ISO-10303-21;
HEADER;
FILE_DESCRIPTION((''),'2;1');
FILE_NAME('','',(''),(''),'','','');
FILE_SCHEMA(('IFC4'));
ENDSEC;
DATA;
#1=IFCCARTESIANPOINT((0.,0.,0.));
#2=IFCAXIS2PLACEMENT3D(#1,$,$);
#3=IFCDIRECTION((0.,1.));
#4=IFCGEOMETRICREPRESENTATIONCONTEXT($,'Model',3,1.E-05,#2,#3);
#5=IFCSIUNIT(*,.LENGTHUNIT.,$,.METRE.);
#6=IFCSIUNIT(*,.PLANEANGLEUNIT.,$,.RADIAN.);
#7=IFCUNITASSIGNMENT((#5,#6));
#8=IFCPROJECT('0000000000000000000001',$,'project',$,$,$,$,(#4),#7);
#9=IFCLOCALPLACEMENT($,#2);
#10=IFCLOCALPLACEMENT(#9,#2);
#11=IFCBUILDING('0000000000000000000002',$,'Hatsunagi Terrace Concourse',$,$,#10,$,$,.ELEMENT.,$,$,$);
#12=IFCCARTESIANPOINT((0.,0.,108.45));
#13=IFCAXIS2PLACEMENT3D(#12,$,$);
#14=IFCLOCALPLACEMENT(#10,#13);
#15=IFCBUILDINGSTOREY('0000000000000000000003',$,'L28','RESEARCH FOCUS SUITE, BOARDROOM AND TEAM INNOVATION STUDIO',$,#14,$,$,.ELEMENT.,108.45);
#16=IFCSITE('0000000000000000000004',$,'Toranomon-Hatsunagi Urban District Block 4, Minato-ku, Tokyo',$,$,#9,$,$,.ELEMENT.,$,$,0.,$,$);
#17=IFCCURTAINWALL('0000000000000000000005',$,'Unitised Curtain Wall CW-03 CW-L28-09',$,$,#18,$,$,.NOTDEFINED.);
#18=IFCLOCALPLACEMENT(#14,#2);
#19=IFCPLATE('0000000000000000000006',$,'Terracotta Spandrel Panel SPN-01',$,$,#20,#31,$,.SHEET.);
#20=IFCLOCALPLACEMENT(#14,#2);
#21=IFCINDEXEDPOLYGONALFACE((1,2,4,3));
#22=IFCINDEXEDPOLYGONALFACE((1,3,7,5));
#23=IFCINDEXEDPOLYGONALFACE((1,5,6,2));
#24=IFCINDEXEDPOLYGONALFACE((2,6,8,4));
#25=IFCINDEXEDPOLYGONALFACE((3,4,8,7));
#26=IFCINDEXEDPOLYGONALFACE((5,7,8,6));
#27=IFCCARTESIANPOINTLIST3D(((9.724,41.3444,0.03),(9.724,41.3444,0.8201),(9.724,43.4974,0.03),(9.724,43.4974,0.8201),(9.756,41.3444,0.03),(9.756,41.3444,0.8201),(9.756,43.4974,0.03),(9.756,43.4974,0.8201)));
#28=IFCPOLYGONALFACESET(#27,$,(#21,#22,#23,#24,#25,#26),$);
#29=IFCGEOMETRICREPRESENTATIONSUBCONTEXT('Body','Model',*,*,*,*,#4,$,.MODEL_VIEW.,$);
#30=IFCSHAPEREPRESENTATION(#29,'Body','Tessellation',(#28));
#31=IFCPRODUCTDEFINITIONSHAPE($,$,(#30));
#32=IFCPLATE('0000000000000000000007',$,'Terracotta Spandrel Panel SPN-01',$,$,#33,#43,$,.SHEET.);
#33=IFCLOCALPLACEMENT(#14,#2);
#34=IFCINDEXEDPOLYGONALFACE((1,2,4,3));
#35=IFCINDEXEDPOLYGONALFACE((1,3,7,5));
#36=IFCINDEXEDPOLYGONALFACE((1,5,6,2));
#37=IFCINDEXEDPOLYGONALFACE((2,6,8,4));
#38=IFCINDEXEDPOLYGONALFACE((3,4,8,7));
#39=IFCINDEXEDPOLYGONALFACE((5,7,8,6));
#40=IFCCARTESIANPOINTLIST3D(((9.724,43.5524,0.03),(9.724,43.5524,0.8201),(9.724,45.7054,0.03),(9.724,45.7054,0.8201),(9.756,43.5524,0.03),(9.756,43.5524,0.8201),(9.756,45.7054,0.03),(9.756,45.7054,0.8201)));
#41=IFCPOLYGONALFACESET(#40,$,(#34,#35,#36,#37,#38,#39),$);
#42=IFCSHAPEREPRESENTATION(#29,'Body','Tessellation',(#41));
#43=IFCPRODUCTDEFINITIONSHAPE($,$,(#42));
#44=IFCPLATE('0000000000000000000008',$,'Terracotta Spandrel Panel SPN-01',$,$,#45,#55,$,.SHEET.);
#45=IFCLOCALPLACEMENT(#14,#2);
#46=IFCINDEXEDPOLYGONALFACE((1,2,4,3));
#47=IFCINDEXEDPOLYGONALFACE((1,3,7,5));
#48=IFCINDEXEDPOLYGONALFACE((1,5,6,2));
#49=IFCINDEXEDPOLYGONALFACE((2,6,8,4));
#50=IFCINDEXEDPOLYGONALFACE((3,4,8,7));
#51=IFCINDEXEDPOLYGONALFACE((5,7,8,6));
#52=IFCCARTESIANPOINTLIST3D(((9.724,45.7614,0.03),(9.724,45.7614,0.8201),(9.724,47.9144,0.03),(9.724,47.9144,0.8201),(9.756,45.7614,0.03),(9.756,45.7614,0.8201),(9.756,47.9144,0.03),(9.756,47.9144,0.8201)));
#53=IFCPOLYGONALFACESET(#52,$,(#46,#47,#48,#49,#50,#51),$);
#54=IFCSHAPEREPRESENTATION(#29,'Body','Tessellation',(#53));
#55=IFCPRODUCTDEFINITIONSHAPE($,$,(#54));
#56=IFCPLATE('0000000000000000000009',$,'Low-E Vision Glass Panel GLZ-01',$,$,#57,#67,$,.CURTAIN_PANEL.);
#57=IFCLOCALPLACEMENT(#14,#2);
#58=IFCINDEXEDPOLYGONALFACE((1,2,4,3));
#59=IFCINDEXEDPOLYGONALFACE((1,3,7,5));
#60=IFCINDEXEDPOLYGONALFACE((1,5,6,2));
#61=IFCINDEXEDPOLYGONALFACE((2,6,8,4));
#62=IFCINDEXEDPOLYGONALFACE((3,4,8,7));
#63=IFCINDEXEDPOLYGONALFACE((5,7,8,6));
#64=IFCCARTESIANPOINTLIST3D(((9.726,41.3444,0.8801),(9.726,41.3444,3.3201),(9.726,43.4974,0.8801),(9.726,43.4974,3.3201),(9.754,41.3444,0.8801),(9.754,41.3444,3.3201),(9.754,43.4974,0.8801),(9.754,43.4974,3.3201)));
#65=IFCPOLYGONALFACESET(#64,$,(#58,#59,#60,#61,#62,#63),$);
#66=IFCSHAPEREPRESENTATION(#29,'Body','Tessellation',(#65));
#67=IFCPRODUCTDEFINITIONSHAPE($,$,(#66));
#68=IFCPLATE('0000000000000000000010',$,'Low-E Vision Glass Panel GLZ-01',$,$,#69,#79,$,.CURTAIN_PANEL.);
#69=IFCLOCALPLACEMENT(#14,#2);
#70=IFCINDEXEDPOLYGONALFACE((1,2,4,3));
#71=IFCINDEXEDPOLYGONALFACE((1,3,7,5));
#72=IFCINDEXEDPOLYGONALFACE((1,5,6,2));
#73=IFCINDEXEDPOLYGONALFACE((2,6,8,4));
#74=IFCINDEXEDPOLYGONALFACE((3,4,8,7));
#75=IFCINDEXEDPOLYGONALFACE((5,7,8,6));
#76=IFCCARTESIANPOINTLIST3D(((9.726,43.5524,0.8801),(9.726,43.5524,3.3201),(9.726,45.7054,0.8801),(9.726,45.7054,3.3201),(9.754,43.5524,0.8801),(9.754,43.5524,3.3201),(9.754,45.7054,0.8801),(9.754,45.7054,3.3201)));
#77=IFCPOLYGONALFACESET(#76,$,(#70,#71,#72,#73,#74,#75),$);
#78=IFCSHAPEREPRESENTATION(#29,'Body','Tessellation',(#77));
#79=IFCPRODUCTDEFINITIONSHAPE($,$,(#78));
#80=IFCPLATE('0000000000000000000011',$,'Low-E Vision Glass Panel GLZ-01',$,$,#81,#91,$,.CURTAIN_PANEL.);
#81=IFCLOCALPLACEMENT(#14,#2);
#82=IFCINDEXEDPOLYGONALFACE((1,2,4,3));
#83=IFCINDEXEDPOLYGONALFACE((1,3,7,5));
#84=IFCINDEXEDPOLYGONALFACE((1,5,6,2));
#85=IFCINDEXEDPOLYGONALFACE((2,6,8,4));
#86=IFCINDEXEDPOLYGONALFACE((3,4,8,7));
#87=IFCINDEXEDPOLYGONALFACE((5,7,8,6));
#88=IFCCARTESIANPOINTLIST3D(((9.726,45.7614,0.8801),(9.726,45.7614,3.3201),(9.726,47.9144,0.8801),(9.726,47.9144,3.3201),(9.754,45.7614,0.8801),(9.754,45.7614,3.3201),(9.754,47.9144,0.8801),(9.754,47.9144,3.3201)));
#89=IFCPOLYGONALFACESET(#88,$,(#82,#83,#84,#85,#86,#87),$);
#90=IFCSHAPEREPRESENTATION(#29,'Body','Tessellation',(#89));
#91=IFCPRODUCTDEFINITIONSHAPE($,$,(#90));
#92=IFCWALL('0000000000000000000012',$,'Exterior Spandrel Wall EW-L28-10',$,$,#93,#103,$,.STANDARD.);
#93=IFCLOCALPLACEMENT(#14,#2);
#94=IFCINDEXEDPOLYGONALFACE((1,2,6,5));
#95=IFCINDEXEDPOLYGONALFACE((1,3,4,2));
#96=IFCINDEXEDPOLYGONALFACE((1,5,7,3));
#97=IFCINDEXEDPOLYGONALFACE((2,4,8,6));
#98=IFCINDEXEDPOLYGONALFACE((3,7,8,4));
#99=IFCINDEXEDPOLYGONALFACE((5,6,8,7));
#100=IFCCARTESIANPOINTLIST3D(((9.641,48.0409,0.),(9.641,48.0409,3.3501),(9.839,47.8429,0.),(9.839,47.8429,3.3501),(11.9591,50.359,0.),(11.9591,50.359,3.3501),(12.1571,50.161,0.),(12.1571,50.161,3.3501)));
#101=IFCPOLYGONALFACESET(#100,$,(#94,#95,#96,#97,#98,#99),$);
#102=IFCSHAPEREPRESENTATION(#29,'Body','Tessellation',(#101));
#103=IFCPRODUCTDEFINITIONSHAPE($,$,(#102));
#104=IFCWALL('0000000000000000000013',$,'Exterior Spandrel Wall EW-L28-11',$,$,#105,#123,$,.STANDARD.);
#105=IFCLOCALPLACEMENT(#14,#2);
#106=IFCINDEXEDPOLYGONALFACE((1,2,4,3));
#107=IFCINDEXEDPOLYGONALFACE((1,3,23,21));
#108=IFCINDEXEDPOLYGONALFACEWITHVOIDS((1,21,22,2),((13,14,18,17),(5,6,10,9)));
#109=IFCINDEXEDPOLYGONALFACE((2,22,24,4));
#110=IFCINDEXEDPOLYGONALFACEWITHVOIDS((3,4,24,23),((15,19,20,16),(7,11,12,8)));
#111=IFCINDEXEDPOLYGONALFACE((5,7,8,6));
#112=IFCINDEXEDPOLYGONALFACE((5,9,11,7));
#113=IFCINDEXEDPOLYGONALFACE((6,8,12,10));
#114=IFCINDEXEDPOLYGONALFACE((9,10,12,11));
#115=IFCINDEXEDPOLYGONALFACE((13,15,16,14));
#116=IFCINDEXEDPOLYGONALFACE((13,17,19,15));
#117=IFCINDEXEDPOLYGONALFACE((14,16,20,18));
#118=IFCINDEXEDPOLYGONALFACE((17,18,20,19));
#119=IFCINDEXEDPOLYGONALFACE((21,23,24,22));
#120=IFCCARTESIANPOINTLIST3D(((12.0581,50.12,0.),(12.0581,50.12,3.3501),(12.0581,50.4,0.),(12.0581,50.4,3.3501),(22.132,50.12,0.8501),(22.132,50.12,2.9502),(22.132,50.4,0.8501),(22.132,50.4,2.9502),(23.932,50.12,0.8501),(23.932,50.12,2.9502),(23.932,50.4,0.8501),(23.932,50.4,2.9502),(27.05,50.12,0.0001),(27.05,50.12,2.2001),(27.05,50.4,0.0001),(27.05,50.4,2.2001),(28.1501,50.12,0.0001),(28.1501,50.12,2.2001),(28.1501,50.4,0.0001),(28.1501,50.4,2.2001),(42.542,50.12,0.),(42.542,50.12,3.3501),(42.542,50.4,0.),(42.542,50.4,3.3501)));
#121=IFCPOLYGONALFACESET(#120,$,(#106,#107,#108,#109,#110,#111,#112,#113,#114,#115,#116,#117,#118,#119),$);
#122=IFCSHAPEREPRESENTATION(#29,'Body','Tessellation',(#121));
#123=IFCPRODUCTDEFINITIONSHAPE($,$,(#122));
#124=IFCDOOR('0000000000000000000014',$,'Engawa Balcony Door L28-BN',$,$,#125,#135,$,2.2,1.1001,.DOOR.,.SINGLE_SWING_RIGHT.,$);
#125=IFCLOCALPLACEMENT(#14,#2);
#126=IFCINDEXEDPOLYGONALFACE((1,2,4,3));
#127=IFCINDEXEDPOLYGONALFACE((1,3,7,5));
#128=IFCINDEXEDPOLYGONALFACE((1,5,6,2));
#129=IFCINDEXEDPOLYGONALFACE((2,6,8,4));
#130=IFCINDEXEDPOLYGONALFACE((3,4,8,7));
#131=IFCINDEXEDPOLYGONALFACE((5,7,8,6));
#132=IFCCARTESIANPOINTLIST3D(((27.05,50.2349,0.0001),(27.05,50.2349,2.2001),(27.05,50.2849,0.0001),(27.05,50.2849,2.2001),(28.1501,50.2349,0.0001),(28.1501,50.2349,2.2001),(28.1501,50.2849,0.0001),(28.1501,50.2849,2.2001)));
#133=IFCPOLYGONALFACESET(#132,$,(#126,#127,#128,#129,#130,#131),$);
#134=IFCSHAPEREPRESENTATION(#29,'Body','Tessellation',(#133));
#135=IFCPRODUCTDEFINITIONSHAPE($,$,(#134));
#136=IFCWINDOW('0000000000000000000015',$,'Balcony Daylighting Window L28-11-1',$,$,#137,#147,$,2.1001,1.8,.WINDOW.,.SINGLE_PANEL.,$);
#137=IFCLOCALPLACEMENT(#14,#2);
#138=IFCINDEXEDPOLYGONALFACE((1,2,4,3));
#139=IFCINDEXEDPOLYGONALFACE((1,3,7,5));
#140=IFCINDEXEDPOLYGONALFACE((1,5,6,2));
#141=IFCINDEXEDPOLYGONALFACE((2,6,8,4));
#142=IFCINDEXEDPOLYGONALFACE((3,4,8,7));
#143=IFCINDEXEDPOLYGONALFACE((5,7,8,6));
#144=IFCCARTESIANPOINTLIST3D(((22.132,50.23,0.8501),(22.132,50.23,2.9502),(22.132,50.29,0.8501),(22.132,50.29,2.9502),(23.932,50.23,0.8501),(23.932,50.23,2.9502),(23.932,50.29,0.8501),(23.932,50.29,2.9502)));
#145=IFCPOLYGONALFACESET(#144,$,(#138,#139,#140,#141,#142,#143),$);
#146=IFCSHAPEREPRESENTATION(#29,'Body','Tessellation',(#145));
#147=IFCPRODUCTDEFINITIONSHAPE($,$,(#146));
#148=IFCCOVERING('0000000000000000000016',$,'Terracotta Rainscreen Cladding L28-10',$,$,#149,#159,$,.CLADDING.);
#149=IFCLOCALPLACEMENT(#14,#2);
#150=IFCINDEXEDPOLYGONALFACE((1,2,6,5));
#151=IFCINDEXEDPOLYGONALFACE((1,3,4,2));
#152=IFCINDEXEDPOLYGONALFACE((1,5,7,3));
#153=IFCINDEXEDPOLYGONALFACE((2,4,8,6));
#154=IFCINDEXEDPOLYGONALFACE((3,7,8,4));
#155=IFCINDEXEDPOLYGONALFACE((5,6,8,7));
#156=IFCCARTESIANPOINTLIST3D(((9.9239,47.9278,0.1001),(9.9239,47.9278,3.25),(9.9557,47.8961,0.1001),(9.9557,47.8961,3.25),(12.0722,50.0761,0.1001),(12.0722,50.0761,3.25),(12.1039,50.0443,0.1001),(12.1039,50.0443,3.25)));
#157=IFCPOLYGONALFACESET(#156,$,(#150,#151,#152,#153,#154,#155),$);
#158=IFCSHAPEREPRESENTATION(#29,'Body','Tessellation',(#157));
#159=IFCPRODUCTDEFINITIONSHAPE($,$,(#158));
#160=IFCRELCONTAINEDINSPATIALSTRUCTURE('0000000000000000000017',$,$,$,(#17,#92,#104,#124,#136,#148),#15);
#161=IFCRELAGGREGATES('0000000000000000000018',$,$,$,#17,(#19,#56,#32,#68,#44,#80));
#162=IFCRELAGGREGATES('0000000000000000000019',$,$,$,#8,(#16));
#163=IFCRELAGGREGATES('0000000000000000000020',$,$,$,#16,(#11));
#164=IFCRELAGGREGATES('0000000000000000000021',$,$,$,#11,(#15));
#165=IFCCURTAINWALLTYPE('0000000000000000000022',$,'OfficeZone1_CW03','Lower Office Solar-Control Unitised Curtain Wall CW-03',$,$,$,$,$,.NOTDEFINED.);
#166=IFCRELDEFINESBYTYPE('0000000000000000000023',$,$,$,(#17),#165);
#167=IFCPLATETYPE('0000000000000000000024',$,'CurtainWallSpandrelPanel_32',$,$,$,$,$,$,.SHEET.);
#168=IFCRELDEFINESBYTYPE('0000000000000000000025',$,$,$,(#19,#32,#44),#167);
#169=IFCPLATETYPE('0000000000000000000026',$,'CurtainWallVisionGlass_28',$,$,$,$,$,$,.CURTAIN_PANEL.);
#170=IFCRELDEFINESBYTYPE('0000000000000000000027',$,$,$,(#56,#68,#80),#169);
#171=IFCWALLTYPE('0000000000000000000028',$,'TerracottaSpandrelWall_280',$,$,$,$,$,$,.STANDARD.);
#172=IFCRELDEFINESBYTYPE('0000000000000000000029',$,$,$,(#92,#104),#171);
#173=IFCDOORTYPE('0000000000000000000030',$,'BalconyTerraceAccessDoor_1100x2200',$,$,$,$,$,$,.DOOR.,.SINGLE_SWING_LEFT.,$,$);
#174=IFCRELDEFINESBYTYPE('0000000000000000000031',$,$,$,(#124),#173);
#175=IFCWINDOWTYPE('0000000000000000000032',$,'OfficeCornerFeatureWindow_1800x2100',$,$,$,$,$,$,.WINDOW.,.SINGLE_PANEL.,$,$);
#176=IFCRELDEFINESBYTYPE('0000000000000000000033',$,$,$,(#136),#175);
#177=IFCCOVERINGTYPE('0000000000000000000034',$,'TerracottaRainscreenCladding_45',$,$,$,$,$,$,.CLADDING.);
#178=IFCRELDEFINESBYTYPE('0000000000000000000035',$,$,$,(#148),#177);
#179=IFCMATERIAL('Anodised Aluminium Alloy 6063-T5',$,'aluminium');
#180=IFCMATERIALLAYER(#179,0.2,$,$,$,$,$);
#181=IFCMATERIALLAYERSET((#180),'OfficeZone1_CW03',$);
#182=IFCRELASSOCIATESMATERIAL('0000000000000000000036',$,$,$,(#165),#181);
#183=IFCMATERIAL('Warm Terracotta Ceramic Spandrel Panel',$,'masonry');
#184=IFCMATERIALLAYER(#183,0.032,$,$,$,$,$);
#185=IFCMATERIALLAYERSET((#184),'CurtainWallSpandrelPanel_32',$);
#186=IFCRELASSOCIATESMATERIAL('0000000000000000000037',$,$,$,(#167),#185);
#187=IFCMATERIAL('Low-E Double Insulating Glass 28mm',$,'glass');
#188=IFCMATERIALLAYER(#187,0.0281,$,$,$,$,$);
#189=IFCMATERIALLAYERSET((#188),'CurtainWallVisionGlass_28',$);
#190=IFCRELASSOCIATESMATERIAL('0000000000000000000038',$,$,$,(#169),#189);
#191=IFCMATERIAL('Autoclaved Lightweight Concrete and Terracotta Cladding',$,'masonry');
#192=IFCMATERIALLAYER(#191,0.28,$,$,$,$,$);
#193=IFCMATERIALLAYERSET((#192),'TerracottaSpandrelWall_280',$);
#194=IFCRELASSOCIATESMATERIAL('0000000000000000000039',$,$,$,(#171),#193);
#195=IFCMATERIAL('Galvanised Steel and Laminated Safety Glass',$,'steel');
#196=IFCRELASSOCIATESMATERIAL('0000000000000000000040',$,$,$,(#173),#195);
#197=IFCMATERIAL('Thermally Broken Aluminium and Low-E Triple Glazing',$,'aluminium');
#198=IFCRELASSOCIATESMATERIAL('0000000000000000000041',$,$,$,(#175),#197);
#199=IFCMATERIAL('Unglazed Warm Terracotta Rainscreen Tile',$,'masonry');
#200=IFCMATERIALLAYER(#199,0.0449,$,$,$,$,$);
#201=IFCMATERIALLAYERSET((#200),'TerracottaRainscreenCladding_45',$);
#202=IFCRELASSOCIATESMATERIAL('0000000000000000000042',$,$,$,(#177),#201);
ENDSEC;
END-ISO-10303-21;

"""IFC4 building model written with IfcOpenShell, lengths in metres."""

from ifc_helpers import new_model, si_unit, direction, frame, frame_2d, origin, origin_2d, place, context, subcontext, project, spatial, rectangle, extrude, material, layer, layer_set, type_object, element, fill, aggregate, save


model = new_model("IFC4")

# Units and contexts
model_context = context("Model", 3, precision=1e-05, world=origin(), true_north=direction((0.0, 1.0)))
body_context = subcontext(model_context, "Body", "Model", "MODEL_VIEW")
ifc_project = project(units=[si_unit("LENGTHUNIT", "METRE"), si_unit("PLANEANGLEUNIT", "RADIAN")], contexts=[model_context])

# Site, building, storey
site_placement = place(None, origin())
site = spatial("IfcSite", under=ifc_project, at=site_placement, Name="Toranomon-Hatsunagi Urban District Block 4, Minato-ku, Tokyo", CompositionType="ELEMENT", RefElevation=0.0)
building_placement = place(site_placement, origin())
building = spatial("IfcBuilding", under=site, at=building_placement, Name="Hatsunagi Terrace Concourse", CompositionType="ELEMENT")
storey_placement = place(building_placement, frame((0.0, 0.0, 108.45)))
storey = spatial("IfcBuildingStorey", under=building, at=storey_placement, Name="L28", Description="RESEARCH FOCUS SUITE, BOARDROOM AND TEAM INNOVATION STUDIO", CompositionType="ELEMENT", Elevation=108.45)

# Curtain wall
ifc_material_1 = material(Name="Anodised Aluminium Alloy 6063-T5", Category="aluminium")
ifc_layer_1 = layer(ifc_material_1, 0.2)
ifc_layer_set_1 = layer_set([ifc_layer_1], Name="OfficeZone1_CW03")
curtain_wall_type = type_object("IfcCurtainWallType", Name="OfficeZone1_CW03", Description="Lower Office Solar-Control Unitised Curtain Wall CW-03", PredefinedType="NOTDEFINED", material=ifc_layer_set_1)
curtain_wall_placement = place(storey_placement, origin())
curtain_wall = element("IfcCurtainWall", 1, at=curtain_wall_placement, inside=storey, type_object=curtain_wall_type, Name="Unitised Curtain Wall CW-03 CW-L28-09", PredefinedType="NOTDEFINED")

# Plates
ifc_material_2 = material(Name="Warm Terracotta Ceramic Spandrel Panel", Category="masonry")
ifc_layer_2 = layer(ifc_material_2, 0.032)
ifc_layer_set_2 = layer_set([ifc_layer_2], Name="CurtainWallSpandrelPanel_32")
plate_type_1 = type_object("IfcPlateType", Name="CurtainWallSpandrelPanel_32", PredefinedType="SHEET", material=ifc_layer_set_2)
plate_1_placement = place(storey_placement, frame((9.74, 42.4209, 0.03), z_axis=(0.0, 0.0, 1.0), x_axis=(0.0, 1.0, 0.0)))
plate_1 = element("IfcPlate", 2, at=plate_1_placement, type_object=plate_type_1, Name="Terracotta Spandrel Panel SPN-01", PredefinedType="SHEET", context=body_context, shape_type="SweptSolid", body=[
    extrude(rectangle(XDim=2.1531, YDim=0.032, at=origin_2d()), origin(), (0.0, 0.0, 1.0), 0.79),
])
plate_2_placement = place(storey_placement, frame((9.74, 44.6289, 0.03), z_axis=(0.0, 0.0, 1.0), x_axis=(0.0, 1.0, 0.0)))
plate_2 = element("IfcPlate", 3, at=plate_2_placement, type_object=plate_type_1, Name="Terracotta Spandrel Panel SPN-01", PredefinedType="SHEET", context=body_context, shape_type="SweptSolid", body=[
    extrude(rectangle(XDim=2.1531, YDim=0.032, at=origin_2d()), origin(), (0.0, 0.0, 1.0), 0.79),
])
plate_3_placement = place(storey_placement, frame((9.74, 46.8379, 0.03), z_axis=(0.0, 0.0, 1.0), x_axis=(0.0, 1.0, 0.0)))
plate_3 = element("IfcPlate", 4, at=plate_3_placement, type_object=plate_type_1, Name="Terracotta Spandrel Panel SPN-01", PredefinedType="SHEET", context=body_context, shape_type="SweptSolid", body=[
    extrude(rectangle(XDim=2.1531, YDim=0.032, at=origin_2d()), origin(), (0.0, 0.0, 1.0), 0.79),
])
ifc_material_3 = material(Name="Low-E Double Insulating Glass 28mm", Category="glass")
ifc_layer_3 = layer(ifc_material_3, 0.0281)
ifc_layer_set_3 = layer_set([ifc_layer_3], Name="CurtainWallVisionGlass_28")
plate_type_2 = type_object("IfcPlateType", Name="CurtainWallVisionGlass_28", PredefinedType="CURTAIN_PANEL", material=ifc_layer_set_3)
plate_4_placement = place(storey_placement, frame((9.74, 42.4209, 0.8801), z_axis=(0.0, 0.0, 1.0), x_axis=(0.0, 1.0, 0.0)))
plate_4 = element("IfcPlate", 5, at=plate_4_placement, type_object=plate_type_2, Name="Low-E Vision Glass Panel GLZ-01", PredefinedType="CURTAIN_PANEL", context=body_context, shape_type="SweptSolid", body=[
    extrude(rectangle(XDim=2.1531, YDim=0.0281, at=origin_2d()), origin(), (0.0, 0.0, 1.0), 2.4399),
])
plate_5_placement = place(storey_placement, frame((9.74, 44.6289, 0.8801), z_axis=(0.0, 0.0, 1.0), x_axis=(0.0, 1.0, 0.0)))
plate_5 = element("IfcPlate", 6, at=plate_5_placement, type_object=plate_type_2, Name="Low-E Vision Glass Panel GLZ-01", PredefinedType="CURTAIN_PANEL", context=body_context, shape_type="SweptSolid", body=[
    extrude(rectangle(XDim=2.1531, YDim=0.0281, at=origin_2d()), origin(), (0.0, 0.0, 1.0), 2.4399),
])
plate_6_placement = place(storey_placement, frame((9.74, 46.8379, 0.8801), z_axis=(0.0, 0.0, 1.0), x_axis=(0.0, 1.0, 0.0)))
plate_6 = element("IfcPlate", 7, at=plate_6_placement, type_object=plate_type_2, Name="Low-E Vision Glass Panel GLZ-01", PredefinedType="CURTAIN_PANEL", context=body_context, shape_type="SweptSolid", body=[
    extrude(rectangle(XDim=2.1531, YDim=0.0281, at=origin_2d()), origin(), (0.0, 0.0, 1.0), 2.4399),
])
aggregate(curtain_wall, [plate_1, plate_4, plate_2, plate_5, plate_3, plate_6])

# Wall
ifc_material_4 = material(Name="Autoclaved Lightweight Concrete and Terracotta Cladding", Category="masonry")
ifc_layer_4 = layer(ifc_material_4, 0.28)
ifc_layer_set_4 = layer_set([ifc_layer_4], Name="TerracottaSpandrelWall_280")
wall_type = type_object("IfcWallType", Name="TerracottaSpandrelWall_280", PredefinedType="STANDARD", material=ifc_layer_set_4)
wall_1_placement = place(storey_placement, frame((9.74, 47.9419, 0.0), z_axis=(0.0, 0.0, 1.0), x_axis=(0.707107, 0.707107, 0.0)))
element("IfcWall", 8, at=wall_1_placement, inside=storey, type_object=wall_type, Name="Exterior Spandrel Wall EW-L28-10", PredefinedType="STANDARD", context=body_context, shape_type="SweptSolid", body=[
    extrude(rectangle(XDim=3.2783, YDim=0.28, at=frame_2d((1.6392, 0.0))), origin(), (0.0, 0.0, 1.0), 3.3501),
])

# Wall, openings, door, window
wall_2_placement = place(storey_placement, frame((12.0581, 50.26, 0.0), z_axis=(0.0, 0.0, 1.0), x_axis=(1.0, 0.0, 0.0)))
wall_2 = element("IfcWall", 9, at=wall_2_placement, inside=storey, type_object=wall_type, Name="Exterior Spandrel Wall EW-L28-11", PredefinedType="STANDARD", context=body_context, shape_type="SweptSolid", body=[
    extrude(rectangle(XDim=30.4839, YDim=0.28, at=frame_2d((15.2419, 0.0))), origin(), (0.0, 0.0, 1.0), 3.3501),
])
opening_1_placement = place(wall_2_placement, frame((14.9919, 0.0, 0.0)))
opening_1 = element("IfcOpeningElement", 10, at=opening_1_placement, cuts=wall_2, PredefinedType="OPENING", context=body_context, shape_type="SweptSolid", body=[
    extrude(rectangle(XDim=1.1001, YDim=2.2, at=frame_2d((0.55, 1.1001))), frame((0.0, 0.1499, 0.0), z_axis=(0.0, -1.0, 0.0), x_axis=(1.0, 0.0, 0.0)), (0.0, 0.0, 1.0), 0.3),
])
opening_2_placement = place(wall_2_placement, frame((10.074, 0.0, 0.8501)))
opening_2 = element("IfcOpeningElement", 11, at=opening_2_placement, cuts=wall_2, PredefinedType="OPENING", context=body_context, shape_type="SweptSolid", body=[
    extrude(rectangle(XDim=1.8, YDim=2.1001, at=frame_2d((0.8999, 1.05))), frame((0.0, 0.1499, 0.0), z_axis=(0.0, -1.0, 0.0), x_axis=(1.0, 0.0, 0.0)), (0.0, 0.0, 1.0), 0.3),
])
ifc_material_5 = material(Name="Galvanised Steel and Laminated Safety Glass", Category="steel")
door_type = type_object("IfcDoorType", Name="BalconyTerraceAccessDoor_1100x2200", OperationType="SINGLE_SWING_LEFT", PredefinedType="DOOR", material=ifc_material_5)
door_placement = place(opening_1_placement, origin())
door = element("IfcDoor", 12, at=door_placement, inside=storey, type_object=door_type, Name="Engawa Balcony Door L28-BN", OperationType="SINGLE_SWING_RIGHT", OverallHeight=2.2, OverallWidth=1.1001, PredefinedType="DOOR", context=body_context, shape_type="SweptSolid", body=[
    extrude(rectangle(XDim=1.1001, YDim=2.2, at=frame_2d((0.55, 1.1001))), frame((0.0, 0.0249, 0.0), z_axis=(0.0, -1.0, 0.0), x_axis=(1.0, 0.0, 0.0)), (0.0, 0.0, 1.0), 0.05),
])
fill(opening_1, door)
ifc_material_6 = material(Name="Thermally Broken Aluminium and Low-E Triple Glazing", Category="aluminium")
window_type = type_object("IfcWindowType", Name="OfficeCornerFeatureWindow_1800x2100", PartitioningType="SINGLE_PANEL", PredefinedType="WINDOW", material=ifc_material_6)
window_placement = place(opening_2_placement, origin())
window = element("IfcWindow", 13, at=window_placement, inside=storey, type_object=window_type, Name="Balcony Daylighting Window L28-11-1", OverallHeight=2.1001, OverallWidth=1.8, PartitioningType="SINGLE_PANEL", PredefinedType="WINDOW", context=body_context, shape_type="SweptSolid", body=[
    extrude(rectangle(XDim=1.8, YDim=2.1001, at=frame_2d((0.8999, 1.05))), frame((0.0, 0.03, 0.0), z_axis=(0.0, -1.0, 0.0), x_axis=(1.0, 0.0, 0.0)), (0.0, 0.0, 1.0), 0.0601),
])
fill(opening_2, window)

# Covering
ifc_material_7 = material(Name="Unglazed Warm Terracotta Rainscreen Tile", Category="masonry")
ifc_layer_5 = layer(ifc_material_7, 0.0449)
ifc_layer_set_5 = layer_set([ifc_layer_5], Name="TerracottaRainscreenCladding_45")
covering_type = type_object("IfcCoveringType", Name="TerracottaRainscreenCladding_45", PredefinedType="CLADDING", material=ifc_layer_set_5)
covering_placement = place(storey_placement, frame((11.0139, 48.9861, 0.1001), z_axis=(0.0, 0.0, 1.0), x_axis=(0.707107, 0.707107, 0.0)))
element("IfcCovering", 14, at=covering_placement, inside=storey, type_object=covering_type, Name="Terracotta Rainscreen Cladding L28-10", PredefinedType="CLADDING", context=body_context, shape_type="SweptSolid", body=[
    extrude(rectangle(XDim=3.0381, YDim=0.0449, at=origin_2d()), origin(), (0.0, 0.0, 1.0), 3.1499),
])

save(model, "model.ifc")
